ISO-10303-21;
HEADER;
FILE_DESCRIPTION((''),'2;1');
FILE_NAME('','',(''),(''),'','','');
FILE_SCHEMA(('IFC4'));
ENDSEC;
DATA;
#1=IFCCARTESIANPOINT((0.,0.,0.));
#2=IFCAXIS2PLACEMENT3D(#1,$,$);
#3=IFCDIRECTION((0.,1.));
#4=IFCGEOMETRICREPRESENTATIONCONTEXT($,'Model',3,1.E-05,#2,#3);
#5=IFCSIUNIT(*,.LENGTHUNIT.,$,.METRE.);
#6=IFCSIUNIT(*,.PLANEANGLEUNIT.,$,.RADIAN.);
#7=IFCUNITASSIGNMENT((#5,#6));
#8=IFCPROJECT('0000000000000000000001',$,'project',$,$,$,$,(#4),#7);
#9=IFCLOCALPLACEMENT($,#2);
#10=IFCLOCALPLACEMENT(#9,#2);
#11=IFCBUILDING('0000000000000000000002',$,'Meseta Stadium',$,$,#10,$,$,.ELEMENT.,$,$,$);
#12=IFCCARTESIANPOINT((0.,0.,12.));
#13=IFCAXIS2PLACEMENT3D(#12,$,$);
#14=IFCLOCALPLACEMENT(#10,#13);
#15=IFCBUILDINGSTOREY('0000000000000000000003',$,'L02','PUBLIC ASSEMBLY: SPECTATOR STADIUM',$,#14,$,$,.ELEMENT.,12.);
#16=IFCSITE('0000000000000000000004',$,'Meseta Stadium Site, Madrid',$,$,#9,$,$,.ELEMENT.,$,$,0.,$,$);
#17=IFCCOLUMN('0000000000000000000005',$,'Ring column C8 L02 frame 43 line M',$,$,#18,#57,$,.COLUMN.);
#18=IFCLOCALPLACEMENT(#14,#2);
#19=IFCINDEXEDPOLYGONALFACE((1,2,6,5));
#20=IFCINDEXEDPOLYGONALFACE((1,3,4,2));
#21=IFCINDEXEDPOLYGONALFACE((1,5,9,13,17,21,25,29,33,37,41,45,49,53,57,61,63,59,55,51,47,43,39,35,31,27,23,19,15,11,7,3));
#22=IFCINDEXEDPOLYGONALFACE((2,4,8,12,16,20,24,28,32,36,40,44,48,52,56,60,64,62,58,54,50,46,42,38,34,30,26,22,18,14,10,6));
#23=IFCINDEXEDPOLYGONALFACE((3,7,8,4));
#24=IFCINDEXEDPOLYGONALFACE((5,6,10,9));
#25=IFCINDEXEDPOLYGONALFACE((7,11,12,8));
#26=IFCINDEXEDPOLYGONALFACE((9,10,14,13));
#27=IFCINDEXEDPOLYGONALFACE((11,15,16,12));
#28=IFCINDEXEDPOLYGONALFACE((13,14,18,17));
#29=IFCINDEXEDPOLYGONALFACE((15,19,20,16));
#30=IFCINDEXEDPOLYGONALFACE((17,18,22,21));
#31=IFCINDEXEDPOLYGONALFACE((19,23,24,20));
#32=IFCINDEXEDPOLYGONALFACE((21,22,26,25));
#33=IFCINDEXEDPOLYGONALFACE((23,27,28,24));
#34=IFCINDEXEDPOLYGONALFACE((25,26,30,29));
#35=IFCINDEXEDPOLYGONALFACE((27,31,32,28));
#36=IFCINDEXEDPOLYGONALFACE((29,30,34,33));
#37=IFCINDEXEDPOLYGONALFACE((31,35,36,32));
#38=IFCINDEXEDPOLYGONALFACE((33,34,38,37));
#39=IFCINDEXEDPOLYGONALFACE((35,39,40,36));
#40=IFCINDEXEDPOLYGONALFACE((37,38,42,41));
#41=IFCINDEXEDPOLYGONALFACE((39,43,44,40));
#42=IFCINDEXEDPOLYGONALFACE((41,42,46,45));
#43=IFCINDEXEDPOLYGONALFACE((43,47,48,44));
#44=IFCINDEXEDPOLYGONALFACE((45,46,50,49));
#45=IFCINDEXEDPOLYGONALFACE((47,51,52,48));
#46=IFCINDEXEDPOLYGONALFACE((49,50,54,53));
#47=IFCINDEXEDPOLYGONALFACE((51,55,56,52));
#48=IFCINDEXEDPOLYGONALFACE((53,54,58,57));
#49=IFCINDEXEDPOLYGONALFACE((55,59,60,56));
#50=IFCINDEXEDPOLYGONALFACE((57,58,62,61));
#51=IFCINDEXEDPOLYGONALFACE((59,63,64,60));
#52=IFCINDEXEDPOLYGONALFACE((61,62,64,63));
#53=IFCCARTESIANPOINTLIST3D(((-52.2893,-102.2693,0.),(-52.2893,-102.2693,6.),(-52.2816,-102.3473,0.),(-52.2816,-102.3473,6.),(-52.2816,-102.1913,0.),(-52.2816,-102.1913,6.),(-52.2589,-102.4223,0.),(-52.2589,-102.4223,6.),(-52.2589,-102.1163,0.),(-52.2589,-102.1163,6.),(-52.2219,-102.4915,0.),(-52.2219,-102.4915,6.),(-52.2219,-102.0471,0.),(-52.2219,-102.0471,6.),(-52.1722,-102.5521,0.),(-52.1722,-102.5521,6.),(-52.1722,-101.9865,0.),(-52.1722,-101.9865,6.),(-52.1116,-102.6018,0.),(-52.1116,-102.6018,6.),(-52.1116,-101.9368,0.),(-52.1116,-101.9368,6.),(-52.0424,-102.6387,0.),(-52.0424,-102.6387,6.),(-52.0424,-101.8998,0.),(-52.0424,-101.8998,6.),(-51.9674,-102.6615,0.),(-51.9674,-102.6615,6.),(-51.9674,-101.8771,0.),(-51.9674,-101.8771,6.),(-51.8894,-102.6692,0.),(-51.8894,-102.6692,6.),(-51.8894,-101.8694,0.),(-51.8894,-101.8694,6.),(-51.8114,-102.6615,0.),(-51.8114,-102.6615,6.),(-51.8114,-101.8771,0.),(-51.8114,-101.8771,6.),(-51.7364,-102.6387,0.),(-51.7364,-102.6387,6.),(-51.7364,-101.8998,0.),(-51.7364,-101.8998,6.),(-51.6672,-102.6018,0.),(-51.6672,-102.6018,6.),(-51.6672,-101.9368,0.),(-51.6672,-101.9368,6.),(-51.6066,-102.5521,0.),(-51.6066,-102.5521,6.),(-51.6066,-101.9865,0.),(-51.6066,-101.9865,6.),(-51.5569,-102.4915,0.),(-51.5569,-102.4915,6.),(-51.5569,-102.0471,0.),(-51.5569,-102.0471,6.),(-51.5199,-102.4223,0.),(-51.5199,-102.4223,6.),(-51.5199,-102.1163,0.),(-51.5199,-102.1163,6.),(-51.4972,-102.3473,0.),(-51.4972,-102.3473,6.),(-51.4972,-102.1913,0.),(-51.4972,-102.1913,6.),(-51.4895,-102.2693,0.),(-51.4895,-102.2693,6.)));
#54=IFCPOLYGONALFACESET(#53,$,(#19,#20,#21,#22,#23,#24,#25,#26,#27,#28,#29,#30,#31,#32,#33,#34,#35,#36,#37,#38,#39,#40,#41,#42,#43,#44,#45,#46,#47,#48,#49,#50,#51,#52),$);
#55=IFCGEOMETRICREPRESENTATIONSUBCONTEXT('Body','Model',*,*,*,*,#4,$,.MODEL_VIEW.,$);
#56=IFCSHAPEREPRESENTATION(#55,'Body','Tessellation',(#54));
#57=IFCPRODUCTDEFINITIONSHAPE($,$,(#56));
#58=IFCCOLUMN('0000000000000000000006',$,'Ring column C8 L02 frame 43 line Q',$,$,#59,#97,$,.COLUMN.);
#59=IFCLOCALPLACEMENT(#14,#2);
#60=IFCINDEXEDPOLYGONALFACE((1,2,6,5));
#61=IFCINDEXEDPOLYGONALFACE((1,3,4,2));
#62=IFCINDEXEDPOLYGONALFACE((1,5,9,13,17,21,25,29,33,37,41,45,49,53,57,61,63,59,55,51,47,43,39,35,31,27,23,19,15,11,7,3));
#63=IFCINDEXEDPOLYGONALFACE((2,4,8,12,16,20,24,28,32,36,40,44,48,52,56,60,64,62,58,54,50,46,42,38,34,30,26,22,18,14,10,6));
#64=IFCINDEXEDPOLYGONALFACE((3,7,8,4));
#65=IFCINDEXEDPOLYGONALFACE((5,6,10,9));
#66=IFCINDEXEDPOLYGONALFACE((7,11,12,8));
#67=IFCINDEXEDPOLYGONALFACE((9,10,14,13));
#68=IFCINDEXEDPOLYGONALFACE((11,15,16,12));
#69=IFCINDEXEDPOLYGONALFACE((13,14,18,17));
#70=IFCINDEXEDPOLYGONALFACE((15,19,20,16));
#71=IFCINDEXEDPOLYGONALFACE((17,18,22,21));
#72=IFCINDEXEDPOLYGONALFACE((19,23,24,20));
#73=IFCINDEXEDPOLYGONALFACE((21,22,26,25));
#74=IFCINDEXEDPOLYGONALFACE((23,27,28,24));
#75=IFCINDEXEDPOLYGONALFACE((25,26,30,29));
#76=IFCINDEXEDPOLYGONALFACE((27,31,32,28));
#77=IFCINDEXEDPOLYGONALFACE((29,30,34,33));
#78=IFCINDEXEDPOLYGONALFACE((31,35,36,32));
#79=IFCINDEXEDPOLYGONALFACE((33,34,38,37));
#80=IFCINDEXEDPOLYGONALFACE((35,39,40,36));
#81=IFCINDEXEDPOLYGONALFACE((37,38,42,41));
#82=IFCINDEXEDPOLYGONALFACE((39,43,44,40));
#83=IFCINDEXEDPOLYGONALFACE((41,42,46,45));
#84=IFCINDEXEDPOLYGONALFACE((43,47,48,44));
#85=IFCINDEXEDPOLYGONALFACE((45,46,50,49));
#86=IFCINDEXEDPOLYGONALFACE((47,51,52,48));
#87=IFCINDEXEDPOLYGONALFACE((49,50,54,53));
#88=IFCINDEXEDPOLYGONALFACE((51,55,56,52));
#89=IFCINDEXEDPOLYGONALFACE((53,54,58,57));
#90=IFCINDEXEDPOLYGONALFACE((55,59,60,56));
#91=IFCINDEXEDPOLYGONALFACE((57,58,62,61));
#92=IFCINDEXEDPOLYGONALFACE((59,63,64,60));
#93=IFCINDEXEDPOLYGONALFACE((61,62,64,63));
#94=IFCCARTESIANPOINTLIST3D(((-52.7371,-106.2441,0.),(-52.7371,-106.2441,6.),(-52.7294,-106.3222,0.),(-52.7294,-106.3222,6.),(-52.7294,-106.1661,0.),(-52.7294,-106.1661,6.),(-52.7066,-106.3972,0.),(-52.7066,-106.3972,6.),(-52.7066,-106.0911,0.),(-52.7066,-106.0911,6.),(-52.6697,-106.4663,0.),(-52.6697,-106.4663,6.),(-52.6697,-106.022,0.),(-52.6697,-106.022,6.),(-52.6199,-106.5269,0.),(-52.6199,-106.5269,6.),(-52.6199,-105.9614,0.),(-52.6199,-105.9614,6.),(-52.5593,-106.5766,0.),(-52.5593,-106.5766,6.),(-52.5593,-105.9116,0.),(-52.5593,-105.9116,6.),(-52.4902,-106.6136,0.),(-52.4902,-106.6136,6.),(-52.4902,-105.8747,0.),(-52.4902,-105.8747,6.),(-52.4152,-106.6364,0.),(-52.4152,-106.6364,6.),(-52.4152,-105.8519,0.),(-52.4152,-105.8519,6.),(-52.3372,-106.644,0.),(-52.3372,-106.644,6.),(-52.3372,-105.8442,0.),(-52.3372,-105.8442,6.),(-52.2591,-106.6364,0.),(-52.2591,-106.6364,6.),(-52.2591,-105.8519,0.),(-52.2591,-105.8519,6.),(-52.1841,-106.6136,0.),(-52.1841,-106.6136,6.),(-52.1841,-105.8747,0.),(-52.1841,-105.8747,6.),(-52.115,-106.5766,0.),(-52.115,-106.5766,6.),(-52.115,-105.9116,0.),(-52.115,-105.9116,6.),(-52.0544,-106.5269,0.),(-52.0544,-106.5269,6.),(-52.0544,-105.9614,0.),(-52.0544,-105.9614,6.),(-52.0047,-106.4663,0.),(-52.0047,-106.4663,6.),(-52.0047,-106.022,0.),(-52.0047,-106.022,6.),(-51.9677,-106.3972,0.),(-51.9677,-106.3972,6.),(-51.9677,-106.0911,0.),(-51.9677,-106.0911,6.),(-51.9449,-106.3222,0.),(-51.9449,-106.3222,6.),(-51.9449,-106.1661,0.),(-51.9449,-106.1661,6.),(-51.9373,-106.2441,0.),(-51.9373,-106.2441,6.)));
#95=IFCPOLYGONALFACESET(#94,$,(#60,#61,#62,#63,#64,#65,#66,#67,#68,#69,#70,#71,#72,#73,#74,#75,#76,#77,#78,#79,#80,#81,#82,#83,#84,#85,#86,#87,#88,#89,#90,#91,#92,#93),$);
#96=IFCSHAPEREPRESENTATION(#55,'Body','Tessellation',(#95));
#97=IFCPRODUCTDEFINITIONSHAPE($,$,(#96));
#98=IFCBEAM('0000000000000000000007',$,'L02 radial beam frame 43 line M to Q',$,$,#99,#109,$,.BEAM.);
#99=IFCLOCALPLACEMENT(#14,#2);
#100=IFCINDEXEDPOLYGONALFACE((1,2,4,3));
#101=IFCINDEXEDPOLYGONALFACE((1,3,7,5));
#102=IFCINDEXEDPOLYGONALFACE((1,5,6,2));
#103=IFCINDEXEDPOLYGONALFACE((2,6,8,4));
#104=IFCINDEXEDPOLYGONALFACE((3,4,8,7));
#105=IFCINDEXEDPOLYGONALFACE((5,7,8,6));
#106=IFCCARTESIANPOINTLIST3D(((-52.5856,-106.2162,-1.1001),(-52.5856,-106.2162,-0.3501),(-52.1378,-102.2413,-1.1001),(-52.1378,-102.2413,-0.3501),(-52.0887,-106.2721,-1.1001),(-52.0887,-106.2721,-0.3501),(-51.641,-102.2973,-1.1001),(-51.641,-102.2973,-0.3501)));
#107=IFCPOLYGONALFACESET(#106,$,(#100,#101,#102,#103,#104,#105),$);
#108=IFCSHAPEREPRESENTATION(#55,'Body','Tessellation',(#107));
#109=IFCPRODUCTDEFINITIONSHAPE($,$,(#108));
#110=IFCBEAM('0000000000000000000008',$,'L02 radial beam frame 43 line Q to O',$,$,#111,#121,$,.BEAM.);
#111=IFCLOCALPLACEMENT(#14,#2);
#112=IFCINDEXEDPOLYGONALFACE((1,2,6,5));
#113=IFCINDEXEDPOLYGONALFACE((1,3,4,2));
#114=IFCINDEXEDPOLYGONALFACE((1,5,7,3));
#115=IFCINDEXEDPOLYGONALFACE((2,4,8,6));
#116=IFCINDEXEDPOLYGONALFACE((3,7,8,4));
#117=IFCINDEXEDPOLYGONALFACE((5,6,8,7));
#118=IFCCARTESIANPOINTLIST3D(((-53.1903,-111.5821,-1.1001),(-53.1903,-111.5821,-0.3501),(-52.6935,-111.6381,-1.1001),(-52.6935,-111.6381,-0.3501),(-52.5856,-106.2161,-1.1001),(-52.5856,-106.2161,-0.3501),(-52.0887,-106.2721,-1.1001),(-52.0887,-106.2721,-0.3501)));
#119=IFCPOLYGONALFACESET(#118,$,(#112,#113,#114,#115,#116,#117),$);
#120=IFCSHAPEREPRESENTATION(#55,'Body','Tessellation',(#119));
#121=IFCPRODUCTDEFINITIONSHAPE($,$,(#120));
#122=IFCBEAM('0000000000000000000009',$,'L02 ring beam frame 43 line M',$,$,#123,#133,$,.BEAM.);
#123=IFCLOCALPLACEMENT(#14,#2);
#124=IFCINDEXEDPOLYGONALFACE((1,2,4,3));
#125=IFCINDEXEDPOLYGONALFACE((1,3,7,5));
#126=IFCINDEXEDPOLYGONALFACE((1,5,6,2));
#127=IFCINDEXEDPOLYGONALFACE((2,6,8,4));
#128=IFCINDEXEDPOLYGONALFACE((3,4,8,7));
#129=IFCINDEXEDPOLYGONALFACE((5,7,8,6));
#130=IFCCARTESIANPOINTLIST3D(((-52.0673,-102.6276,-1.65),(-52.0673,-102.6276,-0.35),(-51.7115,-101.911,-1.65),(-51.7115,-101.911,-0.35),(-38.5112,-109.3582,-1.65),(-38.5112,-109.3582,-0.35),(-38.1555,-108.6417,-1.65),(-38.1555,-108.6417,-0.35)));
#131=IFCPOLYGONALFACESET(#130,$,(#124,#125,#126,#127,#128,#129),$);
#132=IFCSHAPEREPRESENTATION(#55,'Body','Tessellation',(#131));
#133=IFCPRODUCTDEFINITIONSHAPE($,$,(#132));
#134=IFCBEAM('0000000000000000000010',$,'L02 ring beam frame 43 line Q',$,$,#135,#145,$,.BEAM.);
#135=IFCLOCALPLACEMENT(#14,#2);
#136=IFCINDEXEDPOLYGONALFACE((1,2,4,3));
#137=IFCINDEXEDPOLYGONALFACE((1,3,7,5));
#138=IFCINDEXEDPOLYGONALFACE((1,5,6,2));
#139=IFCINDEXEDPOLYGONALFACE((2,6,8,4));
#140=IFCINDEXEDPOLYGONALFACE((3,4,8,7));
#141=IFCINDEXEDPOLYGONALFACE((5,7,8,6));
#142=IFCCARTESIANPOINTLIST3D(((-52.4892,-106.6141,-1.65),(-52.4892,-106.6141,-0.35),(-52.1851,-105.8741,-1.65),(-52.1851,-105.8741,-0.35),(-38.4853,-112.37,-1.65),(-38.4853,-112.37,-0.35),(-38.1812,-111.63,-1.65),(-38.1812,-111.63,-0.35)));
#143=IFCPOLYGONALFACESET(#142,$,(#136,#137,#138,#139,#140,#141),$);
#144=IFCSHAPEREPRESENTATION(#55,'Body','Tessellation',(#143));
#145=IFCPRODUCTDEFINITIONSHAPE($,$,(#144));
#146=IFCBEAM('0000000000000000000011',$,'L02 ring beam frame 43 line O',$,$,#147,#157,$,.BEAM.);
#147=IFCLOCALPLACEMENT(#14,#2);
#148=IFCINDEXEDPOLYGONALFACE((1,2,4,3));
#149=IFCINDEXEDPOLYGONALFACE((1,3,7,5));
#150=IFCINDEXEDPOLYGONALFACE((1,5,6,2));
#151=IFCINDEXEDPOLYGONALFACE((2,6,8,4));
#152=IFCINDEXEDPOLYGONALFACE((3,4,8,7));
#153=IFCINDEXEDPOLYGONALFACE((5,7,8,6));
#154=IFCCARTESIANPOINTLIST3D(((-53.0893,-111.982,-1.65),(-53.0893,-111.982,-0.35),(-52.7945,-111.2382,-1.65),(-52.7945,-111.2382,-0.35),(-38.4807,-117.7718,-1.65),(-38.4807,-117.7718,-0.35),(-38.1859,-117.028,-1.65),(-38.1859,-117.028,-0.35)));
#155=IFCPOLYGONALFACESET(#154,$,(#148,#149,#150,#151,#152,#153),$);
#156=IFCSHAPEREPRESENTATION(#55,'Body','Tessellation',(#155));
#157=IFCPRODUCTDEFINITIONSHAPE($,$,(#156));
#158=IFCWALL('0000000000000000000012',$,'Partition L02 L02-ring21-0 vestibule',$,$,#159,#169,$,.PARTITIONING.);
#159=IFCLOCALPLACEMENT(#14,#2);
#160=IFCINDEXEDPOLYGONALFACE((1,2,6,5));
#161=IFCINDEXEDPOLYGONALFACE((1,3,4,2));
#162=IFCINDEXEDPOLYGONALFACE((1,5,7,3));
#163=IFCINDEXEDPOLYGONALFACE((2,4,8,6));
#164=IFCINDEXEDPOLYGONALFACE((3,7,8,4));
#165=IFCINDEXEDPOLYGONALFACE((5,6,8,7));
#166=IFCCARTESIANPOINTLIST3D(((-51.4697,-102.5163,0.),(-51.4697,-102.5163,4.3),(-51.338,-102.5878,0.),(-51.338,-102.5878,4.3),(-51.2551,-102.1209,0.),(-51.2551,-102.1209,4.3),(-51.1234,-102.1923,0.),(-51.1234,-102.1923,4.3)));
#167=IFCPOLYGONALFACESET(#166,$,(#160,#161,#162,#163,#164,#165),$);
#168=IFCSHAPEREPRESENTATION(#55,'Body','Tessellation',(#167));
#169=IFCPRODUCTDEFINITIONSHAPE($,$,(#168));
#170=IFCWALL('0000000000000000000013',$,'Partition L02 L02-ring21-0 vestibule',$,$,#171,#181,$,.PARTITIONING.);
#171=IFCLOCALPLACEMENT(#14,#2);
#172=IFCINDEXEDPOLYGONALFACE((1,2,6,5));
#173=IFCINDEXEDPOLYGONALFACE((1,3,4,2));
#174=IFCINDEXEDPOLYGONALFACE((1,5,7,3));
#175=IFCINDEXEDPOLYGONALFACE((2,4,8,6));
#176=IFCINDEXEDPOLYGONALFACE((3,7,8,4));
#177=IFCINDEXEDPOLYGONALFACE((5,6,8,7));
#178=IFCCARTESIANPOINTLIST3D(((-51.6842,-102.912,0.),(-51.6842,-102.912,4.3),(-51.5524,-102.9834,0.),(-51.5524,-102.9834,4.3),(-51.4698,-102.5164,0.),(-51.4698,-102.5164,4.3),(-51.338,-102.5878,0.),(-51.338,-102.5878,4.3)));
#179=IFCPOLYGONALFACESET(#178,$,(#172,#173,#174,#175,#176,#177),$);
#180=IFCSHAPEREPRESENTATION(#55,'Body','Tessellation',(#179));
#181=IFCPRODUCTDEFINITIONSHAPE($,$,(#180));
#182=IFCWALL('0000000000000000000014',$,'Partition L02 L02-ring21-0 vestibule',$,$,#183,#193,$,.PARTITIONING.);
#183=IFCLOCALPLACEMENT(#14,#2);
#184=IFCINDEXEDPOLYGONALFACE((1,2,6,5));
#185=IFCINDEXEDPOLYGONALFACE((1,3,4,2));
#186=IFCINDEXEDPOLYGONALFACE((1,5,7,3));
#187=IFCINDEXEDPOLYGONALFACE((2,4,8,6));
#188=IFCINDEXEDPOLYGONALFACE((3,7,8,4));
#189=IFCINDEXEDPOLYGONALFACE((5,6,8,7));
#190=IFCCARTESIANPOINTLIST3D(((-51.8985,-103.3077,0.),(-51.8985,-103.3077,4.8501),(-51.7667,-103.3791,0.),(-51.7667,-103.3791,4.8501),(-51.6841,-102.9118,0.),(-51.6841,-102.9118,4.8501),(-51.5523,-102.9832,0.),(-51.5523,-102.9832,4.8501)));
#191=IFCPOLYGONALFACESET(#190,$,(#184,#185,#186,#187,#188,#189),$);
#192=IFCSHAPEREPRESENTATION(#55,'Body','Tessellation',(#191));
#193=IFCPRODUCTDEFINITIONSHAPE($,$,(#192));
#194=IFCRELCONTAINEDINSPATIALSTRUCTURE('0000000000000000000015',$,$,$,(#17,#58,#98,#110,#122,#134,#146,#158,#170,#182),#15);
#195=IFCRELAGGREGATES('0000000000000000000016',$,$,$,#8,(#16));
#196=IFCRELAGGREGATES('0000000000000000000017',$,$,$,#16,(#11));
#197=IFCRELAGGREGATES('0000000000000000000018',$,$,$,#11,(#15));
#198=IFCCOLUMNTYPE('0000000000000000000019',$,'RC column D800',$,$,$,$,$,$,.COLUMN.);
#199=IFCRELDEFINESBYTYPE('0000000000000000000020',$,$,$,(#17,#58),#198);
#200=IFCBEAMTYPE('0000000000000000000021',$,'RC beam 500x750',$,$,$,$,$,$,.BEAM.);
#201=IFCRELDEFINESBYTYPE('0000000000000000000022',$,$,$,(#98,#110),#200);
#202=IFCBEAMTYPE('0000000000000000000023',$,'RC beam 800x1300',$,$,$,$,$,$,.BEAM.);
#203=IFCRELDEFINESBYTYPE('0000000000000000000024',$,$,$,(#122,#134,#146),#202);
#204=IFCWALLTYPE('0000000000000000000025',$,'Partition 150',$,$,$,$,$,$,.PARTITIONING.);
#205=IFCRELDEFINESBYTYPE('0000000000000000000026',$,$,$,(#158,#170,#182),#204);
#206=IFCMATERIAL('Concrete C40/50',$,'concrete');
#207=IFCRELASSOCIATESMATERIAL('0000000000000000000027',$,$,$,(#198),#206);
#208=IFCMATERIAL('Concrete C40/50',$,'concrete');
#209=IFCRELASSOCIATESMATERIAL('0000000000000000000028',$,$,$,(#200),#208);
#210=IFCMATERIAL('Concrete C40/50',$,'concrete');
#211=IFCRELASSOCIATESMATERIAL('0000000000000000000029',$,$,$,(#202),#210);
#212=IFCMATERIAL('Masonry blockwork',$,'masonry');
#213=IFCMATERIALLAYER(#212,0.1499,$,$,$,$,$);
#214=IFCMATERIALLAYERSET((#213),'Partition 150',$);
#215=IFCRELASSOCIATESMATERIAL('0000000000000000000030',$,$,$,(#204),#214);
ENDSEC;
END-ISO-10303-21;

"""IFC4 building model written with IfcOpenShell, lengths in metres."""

from ifc_helpers import new_model, si_unit, direction, frame, frame_2d, origin, origin_2d, place, context, subcontext, project, spatial, rectangle, circle, extrude, material, layer, layer_set, material_profile, profile_set, type_object, element, save


model = new_model("IFC4")

# Units and contexts
model_context = context("Model", 3, precision=1e-05, world=origin(), true_north=direction((0.0, 1.0)))
body_context = subcontext(model_context, "Body", "Model", "MODEL_VIEW")
ifc_project = project(units=[si_unit("LENGTHUNIT", "METRE"), si_unit("PLANEANGLEUNIT", "RADIAN")], contexts=[model_context])

# Site, building, storey
site_placement = place(None, origin())
site = spatial("IfcSite", under=ifc_project, at=site_placement, Name="Meseta Stadium Site, Madrid", CompositionType="ELEMENT", RefElevation=0.0)
building_placement = place(site_placement, origin())
building = spatial("IfcBuilding", under=site, at=building_placement, Name="Meseta Stadium", CompositionType="ELEMENT")
storey_placement = place(building_placement, frame((0.0, 0.0, 12.0)))
storey = spatial("IfcBuildingStorey", under=building, at=storey_placement, Name="L02", Description="PUBLIC ASSEMBLY: SPECTATOR STADIUM", CompositionType="ELEMENT", Elevation=12.0)

# Columns
ifc_material_1 = material(Name="Concrete C40/50", Category="concrete")
ifc_material_profile_1 = material_profile(ifc_material_1, circle(Radius=0.3999, at=origin_2d()), Name="RC D800")
ifc_profile_set_1 = profile_set([ifc_material_profile_1], Name="Concrete C40/50")
column_type = type_object("IfcColumnType", Name="RC column D800", PredefinedType="COLUMN", material=ifc_profile_set_1)
for number, where, z_axis, x_axis, name in (
    (1, (-51.8894, -102.2693, 0.0), (0.0, 0.0, 1.0), (1.0, 0.0, 0.0), "Ring column C8 L02 frame 43 line M"),
    (2, (-52.3372, -106.2441, 0.0), (0.0, 0.0, 1.0), (1.0, 0.0, 0.0), "Ring column C8 L02 frame 43 line Q"),
):
    element("IfcColumn", number, at=place(storey_placement, frame(where, z_axis=z_axis, x_axis=x_axis)), inside=storey, type_object=column_type, Name=name, PredefinedType="COLUMN", context=body_context, shape_type="SweptSolid", body=[
        extrude(circle(Radius=0.3999, at=origin_2d()), origin(), (0.0, 0.0, 1.0), 6.0),
    ])

# Beams
ifc_material_2 = material(Name="Concrete C40/50", Category="concrete")
ifc_material_profile_2 = material_profile(ifc_material_2, rectangle(XDim=0.5, YDim=0.75, at=origin_2d()), Name="RC 500x750")
ifc_profile_set_2 = profile_set([ifc_material_profile_2], Name="Concrete C40/50")
beam_type_1 = type_object("IfcBeamType", Name="RC beam 500x750", PredefinedType="BEAM", material=ifc_profile_set_2)
beam_1_placement = place(storey_placement, frame((-51.8894, -102.2693, -0.7251), z_axis=(-0.111939, -0.993715, 0.0), x_axis=(0.993715, -0.111939, 0.0)))
element("IfcBeam", 3, at=beam_1_placement, inside=storey, type_object=beam_type_1, Name="L02 radial beam frame 43 line M to Q", PredefinedType="BEAM", context=body_context, shape_type="SweptSolid", body=[
    extrude(rectangle(XDim=0.5, YDim=0.75, at=origin_2d()), origin(), (0.0, 0.0, 1.0), 4.0),
])
beam_2_placement = place(storey_placement, frame((-52.3372, -106.2441, -0.7251), z_axis=(-0.11199, -0.993709, 0.0), x_axis=(0.993709, -0.11199, 0.0)))
element("IfcBeam", 4, at=beam_2_placement, inside=storey, type_object=beam_type_1, Name="L02 radial beam frame 43 line Q to O", PredefinedType="BEAM", context=body_context, shape_type="SweptSolid", body=[
    extrude(rectangle(XDim=0.5, YDim=0.75, at=origin_2d()), origin(), (0.0, 0.0, 1.0), 5.3999),
])
ifc_material_3 = material(Name="Concrete C40/50", Category="concrete")
ifc_material_profile_3 = material_profile(ifc_material_3, rectangle(XDim=0.8, YDim=1.3, at=origin_2d()), Name="RC 800x1300")
ifc_profile_set_3 = profile_set([ifc_material_profile_3], Name="Concrete C40/50")
beam_type_2 = type_object("IfcBeamType", Name="RC beam 800x1300", PredefinedType="BEAM", material=ifc_profile_set_3)
beam_3_placement = place(storey_placement, frame((-51.8894, -102.2693, -1.0), z_axis=(0.895675, -0.444708, 0.0), x_axis=(0.444708, 0.895675, 0.0)))
element("IfcBeam", 5, at=beam_3_placement, inside=storey, type_object=beam_type_2, Name="L02 ring beam frame 43 line M", PredefinedType="BEAM", context=body_context, shape_type="SweptSolid", body=[
    extrude(rectangle(XDim=0.8, YDim=1.3, at=origin_2d()), origin(), (0.0, 0.0, 1.0), 15.135),
])
beam_4_placement = place(storey_placement, frame((-52.3372, -106.2441, -1.0), z_axis=(0.924921, -0.380159, 0.0), x_axis=(0.380159, 0.924921, 0.0)))
element("IfcBeam", 6, at=beam_4_placement, inside=storey, type_object=beam_type_2, Name="L02 ring beam frame 43 line Q", PredefinedType="BEAM", context=body_context, shape_type="SweptSolid", body=[
    extrude(rectangle(XDim=0.8, YDim=1.3, at=origin_2d()), origin(), (0.0, 0.0, 1.0), 15.1406),
])
beam_5_placement = place(storey_placement, frame((-52.9419, -111.6101, -1.0), z_axis=(0.92965, -0.368445, 0.0), x_axis=(0.368445, 0.92965, 0.0)))
element("IfcBeam", 7, at=beam_5_placement, inside=storey, type_object=beam_type_2, Name="L02 ring beam frame 43 line O", PredefinedType="BEAM", context=body_context, shape_type="SweptSolid", body=[
    extrude(rectangle(XDim=0.8, YDim=1.3, at=origin_2d()), origin(), (0.0, 0.0, 1.0), 15.7141),
])

# Walls
ifc_material_4 = material(Name="Masonry blockwork", Category="masonry")
ifc_layer = layer(ifc_material_4, 0.1499)
ifc_layer_set = layer_set([ifc_layer], Name="Partition 150")
wall_type = type_object("IfcWallType", Name="Partition 150", PredefinedType="PARTITIONING", material=ifc_layer_set)
for number, where, z_axis, x_axis, name in (
    (8, (-51.1892, -102.1565, 0.0), (0.0, 0.0, 1.0), (-0.476912, -0.878951, 0.0), "Partition L02 L02-ring21-0 vestibule"),
    (9, (-51.4038, -102.552, 0.0), (0.0, 0.0, 1.0), (-0.476493, -0.879178, 0.0), "Partition L02 L02-ring21-0 vestibule"),
):
    element("IfcWall", number, at=place(storey_placement, frame(where, z_axis=z_axis, x_axis=x_axis)), inside=storey, type_object=wall_type, Name=name, PredefinedType="PARTITIONING", context=body_context, shape_type="SweptSolid", body=[
        extrude(rectangle(XDim=0.45, YDim=0.1499, at=frame_2d((0.2251, 0.0))), origin(), (0.0, 0.0, 1.0), 4.3),
    ])
wall_1_placement = place(storey_placement, frame((-51.6182, -102.9475, 0.0), z_axis=(0.0, 0.0, 1.0), x_axis=(-0.476266, -0.879301, 0.0)))
element("IfcWall", 10, at=wall_1_placement, inside=storey, type_object=wall_type, Name="Partition L02 L02-ring21-0 vestibule", PredefinedType="PARTITIONING", context=body_context, shape_type="SweptSolid", body=[
    extrude(rectangle(XDim=0.4502, YDim=0.1499, at=frame_2d((0.2251, 0.0))), origin(), (0.0, 0.0, 1.0), 4.8501),
])

save(model, "model.ifc")
